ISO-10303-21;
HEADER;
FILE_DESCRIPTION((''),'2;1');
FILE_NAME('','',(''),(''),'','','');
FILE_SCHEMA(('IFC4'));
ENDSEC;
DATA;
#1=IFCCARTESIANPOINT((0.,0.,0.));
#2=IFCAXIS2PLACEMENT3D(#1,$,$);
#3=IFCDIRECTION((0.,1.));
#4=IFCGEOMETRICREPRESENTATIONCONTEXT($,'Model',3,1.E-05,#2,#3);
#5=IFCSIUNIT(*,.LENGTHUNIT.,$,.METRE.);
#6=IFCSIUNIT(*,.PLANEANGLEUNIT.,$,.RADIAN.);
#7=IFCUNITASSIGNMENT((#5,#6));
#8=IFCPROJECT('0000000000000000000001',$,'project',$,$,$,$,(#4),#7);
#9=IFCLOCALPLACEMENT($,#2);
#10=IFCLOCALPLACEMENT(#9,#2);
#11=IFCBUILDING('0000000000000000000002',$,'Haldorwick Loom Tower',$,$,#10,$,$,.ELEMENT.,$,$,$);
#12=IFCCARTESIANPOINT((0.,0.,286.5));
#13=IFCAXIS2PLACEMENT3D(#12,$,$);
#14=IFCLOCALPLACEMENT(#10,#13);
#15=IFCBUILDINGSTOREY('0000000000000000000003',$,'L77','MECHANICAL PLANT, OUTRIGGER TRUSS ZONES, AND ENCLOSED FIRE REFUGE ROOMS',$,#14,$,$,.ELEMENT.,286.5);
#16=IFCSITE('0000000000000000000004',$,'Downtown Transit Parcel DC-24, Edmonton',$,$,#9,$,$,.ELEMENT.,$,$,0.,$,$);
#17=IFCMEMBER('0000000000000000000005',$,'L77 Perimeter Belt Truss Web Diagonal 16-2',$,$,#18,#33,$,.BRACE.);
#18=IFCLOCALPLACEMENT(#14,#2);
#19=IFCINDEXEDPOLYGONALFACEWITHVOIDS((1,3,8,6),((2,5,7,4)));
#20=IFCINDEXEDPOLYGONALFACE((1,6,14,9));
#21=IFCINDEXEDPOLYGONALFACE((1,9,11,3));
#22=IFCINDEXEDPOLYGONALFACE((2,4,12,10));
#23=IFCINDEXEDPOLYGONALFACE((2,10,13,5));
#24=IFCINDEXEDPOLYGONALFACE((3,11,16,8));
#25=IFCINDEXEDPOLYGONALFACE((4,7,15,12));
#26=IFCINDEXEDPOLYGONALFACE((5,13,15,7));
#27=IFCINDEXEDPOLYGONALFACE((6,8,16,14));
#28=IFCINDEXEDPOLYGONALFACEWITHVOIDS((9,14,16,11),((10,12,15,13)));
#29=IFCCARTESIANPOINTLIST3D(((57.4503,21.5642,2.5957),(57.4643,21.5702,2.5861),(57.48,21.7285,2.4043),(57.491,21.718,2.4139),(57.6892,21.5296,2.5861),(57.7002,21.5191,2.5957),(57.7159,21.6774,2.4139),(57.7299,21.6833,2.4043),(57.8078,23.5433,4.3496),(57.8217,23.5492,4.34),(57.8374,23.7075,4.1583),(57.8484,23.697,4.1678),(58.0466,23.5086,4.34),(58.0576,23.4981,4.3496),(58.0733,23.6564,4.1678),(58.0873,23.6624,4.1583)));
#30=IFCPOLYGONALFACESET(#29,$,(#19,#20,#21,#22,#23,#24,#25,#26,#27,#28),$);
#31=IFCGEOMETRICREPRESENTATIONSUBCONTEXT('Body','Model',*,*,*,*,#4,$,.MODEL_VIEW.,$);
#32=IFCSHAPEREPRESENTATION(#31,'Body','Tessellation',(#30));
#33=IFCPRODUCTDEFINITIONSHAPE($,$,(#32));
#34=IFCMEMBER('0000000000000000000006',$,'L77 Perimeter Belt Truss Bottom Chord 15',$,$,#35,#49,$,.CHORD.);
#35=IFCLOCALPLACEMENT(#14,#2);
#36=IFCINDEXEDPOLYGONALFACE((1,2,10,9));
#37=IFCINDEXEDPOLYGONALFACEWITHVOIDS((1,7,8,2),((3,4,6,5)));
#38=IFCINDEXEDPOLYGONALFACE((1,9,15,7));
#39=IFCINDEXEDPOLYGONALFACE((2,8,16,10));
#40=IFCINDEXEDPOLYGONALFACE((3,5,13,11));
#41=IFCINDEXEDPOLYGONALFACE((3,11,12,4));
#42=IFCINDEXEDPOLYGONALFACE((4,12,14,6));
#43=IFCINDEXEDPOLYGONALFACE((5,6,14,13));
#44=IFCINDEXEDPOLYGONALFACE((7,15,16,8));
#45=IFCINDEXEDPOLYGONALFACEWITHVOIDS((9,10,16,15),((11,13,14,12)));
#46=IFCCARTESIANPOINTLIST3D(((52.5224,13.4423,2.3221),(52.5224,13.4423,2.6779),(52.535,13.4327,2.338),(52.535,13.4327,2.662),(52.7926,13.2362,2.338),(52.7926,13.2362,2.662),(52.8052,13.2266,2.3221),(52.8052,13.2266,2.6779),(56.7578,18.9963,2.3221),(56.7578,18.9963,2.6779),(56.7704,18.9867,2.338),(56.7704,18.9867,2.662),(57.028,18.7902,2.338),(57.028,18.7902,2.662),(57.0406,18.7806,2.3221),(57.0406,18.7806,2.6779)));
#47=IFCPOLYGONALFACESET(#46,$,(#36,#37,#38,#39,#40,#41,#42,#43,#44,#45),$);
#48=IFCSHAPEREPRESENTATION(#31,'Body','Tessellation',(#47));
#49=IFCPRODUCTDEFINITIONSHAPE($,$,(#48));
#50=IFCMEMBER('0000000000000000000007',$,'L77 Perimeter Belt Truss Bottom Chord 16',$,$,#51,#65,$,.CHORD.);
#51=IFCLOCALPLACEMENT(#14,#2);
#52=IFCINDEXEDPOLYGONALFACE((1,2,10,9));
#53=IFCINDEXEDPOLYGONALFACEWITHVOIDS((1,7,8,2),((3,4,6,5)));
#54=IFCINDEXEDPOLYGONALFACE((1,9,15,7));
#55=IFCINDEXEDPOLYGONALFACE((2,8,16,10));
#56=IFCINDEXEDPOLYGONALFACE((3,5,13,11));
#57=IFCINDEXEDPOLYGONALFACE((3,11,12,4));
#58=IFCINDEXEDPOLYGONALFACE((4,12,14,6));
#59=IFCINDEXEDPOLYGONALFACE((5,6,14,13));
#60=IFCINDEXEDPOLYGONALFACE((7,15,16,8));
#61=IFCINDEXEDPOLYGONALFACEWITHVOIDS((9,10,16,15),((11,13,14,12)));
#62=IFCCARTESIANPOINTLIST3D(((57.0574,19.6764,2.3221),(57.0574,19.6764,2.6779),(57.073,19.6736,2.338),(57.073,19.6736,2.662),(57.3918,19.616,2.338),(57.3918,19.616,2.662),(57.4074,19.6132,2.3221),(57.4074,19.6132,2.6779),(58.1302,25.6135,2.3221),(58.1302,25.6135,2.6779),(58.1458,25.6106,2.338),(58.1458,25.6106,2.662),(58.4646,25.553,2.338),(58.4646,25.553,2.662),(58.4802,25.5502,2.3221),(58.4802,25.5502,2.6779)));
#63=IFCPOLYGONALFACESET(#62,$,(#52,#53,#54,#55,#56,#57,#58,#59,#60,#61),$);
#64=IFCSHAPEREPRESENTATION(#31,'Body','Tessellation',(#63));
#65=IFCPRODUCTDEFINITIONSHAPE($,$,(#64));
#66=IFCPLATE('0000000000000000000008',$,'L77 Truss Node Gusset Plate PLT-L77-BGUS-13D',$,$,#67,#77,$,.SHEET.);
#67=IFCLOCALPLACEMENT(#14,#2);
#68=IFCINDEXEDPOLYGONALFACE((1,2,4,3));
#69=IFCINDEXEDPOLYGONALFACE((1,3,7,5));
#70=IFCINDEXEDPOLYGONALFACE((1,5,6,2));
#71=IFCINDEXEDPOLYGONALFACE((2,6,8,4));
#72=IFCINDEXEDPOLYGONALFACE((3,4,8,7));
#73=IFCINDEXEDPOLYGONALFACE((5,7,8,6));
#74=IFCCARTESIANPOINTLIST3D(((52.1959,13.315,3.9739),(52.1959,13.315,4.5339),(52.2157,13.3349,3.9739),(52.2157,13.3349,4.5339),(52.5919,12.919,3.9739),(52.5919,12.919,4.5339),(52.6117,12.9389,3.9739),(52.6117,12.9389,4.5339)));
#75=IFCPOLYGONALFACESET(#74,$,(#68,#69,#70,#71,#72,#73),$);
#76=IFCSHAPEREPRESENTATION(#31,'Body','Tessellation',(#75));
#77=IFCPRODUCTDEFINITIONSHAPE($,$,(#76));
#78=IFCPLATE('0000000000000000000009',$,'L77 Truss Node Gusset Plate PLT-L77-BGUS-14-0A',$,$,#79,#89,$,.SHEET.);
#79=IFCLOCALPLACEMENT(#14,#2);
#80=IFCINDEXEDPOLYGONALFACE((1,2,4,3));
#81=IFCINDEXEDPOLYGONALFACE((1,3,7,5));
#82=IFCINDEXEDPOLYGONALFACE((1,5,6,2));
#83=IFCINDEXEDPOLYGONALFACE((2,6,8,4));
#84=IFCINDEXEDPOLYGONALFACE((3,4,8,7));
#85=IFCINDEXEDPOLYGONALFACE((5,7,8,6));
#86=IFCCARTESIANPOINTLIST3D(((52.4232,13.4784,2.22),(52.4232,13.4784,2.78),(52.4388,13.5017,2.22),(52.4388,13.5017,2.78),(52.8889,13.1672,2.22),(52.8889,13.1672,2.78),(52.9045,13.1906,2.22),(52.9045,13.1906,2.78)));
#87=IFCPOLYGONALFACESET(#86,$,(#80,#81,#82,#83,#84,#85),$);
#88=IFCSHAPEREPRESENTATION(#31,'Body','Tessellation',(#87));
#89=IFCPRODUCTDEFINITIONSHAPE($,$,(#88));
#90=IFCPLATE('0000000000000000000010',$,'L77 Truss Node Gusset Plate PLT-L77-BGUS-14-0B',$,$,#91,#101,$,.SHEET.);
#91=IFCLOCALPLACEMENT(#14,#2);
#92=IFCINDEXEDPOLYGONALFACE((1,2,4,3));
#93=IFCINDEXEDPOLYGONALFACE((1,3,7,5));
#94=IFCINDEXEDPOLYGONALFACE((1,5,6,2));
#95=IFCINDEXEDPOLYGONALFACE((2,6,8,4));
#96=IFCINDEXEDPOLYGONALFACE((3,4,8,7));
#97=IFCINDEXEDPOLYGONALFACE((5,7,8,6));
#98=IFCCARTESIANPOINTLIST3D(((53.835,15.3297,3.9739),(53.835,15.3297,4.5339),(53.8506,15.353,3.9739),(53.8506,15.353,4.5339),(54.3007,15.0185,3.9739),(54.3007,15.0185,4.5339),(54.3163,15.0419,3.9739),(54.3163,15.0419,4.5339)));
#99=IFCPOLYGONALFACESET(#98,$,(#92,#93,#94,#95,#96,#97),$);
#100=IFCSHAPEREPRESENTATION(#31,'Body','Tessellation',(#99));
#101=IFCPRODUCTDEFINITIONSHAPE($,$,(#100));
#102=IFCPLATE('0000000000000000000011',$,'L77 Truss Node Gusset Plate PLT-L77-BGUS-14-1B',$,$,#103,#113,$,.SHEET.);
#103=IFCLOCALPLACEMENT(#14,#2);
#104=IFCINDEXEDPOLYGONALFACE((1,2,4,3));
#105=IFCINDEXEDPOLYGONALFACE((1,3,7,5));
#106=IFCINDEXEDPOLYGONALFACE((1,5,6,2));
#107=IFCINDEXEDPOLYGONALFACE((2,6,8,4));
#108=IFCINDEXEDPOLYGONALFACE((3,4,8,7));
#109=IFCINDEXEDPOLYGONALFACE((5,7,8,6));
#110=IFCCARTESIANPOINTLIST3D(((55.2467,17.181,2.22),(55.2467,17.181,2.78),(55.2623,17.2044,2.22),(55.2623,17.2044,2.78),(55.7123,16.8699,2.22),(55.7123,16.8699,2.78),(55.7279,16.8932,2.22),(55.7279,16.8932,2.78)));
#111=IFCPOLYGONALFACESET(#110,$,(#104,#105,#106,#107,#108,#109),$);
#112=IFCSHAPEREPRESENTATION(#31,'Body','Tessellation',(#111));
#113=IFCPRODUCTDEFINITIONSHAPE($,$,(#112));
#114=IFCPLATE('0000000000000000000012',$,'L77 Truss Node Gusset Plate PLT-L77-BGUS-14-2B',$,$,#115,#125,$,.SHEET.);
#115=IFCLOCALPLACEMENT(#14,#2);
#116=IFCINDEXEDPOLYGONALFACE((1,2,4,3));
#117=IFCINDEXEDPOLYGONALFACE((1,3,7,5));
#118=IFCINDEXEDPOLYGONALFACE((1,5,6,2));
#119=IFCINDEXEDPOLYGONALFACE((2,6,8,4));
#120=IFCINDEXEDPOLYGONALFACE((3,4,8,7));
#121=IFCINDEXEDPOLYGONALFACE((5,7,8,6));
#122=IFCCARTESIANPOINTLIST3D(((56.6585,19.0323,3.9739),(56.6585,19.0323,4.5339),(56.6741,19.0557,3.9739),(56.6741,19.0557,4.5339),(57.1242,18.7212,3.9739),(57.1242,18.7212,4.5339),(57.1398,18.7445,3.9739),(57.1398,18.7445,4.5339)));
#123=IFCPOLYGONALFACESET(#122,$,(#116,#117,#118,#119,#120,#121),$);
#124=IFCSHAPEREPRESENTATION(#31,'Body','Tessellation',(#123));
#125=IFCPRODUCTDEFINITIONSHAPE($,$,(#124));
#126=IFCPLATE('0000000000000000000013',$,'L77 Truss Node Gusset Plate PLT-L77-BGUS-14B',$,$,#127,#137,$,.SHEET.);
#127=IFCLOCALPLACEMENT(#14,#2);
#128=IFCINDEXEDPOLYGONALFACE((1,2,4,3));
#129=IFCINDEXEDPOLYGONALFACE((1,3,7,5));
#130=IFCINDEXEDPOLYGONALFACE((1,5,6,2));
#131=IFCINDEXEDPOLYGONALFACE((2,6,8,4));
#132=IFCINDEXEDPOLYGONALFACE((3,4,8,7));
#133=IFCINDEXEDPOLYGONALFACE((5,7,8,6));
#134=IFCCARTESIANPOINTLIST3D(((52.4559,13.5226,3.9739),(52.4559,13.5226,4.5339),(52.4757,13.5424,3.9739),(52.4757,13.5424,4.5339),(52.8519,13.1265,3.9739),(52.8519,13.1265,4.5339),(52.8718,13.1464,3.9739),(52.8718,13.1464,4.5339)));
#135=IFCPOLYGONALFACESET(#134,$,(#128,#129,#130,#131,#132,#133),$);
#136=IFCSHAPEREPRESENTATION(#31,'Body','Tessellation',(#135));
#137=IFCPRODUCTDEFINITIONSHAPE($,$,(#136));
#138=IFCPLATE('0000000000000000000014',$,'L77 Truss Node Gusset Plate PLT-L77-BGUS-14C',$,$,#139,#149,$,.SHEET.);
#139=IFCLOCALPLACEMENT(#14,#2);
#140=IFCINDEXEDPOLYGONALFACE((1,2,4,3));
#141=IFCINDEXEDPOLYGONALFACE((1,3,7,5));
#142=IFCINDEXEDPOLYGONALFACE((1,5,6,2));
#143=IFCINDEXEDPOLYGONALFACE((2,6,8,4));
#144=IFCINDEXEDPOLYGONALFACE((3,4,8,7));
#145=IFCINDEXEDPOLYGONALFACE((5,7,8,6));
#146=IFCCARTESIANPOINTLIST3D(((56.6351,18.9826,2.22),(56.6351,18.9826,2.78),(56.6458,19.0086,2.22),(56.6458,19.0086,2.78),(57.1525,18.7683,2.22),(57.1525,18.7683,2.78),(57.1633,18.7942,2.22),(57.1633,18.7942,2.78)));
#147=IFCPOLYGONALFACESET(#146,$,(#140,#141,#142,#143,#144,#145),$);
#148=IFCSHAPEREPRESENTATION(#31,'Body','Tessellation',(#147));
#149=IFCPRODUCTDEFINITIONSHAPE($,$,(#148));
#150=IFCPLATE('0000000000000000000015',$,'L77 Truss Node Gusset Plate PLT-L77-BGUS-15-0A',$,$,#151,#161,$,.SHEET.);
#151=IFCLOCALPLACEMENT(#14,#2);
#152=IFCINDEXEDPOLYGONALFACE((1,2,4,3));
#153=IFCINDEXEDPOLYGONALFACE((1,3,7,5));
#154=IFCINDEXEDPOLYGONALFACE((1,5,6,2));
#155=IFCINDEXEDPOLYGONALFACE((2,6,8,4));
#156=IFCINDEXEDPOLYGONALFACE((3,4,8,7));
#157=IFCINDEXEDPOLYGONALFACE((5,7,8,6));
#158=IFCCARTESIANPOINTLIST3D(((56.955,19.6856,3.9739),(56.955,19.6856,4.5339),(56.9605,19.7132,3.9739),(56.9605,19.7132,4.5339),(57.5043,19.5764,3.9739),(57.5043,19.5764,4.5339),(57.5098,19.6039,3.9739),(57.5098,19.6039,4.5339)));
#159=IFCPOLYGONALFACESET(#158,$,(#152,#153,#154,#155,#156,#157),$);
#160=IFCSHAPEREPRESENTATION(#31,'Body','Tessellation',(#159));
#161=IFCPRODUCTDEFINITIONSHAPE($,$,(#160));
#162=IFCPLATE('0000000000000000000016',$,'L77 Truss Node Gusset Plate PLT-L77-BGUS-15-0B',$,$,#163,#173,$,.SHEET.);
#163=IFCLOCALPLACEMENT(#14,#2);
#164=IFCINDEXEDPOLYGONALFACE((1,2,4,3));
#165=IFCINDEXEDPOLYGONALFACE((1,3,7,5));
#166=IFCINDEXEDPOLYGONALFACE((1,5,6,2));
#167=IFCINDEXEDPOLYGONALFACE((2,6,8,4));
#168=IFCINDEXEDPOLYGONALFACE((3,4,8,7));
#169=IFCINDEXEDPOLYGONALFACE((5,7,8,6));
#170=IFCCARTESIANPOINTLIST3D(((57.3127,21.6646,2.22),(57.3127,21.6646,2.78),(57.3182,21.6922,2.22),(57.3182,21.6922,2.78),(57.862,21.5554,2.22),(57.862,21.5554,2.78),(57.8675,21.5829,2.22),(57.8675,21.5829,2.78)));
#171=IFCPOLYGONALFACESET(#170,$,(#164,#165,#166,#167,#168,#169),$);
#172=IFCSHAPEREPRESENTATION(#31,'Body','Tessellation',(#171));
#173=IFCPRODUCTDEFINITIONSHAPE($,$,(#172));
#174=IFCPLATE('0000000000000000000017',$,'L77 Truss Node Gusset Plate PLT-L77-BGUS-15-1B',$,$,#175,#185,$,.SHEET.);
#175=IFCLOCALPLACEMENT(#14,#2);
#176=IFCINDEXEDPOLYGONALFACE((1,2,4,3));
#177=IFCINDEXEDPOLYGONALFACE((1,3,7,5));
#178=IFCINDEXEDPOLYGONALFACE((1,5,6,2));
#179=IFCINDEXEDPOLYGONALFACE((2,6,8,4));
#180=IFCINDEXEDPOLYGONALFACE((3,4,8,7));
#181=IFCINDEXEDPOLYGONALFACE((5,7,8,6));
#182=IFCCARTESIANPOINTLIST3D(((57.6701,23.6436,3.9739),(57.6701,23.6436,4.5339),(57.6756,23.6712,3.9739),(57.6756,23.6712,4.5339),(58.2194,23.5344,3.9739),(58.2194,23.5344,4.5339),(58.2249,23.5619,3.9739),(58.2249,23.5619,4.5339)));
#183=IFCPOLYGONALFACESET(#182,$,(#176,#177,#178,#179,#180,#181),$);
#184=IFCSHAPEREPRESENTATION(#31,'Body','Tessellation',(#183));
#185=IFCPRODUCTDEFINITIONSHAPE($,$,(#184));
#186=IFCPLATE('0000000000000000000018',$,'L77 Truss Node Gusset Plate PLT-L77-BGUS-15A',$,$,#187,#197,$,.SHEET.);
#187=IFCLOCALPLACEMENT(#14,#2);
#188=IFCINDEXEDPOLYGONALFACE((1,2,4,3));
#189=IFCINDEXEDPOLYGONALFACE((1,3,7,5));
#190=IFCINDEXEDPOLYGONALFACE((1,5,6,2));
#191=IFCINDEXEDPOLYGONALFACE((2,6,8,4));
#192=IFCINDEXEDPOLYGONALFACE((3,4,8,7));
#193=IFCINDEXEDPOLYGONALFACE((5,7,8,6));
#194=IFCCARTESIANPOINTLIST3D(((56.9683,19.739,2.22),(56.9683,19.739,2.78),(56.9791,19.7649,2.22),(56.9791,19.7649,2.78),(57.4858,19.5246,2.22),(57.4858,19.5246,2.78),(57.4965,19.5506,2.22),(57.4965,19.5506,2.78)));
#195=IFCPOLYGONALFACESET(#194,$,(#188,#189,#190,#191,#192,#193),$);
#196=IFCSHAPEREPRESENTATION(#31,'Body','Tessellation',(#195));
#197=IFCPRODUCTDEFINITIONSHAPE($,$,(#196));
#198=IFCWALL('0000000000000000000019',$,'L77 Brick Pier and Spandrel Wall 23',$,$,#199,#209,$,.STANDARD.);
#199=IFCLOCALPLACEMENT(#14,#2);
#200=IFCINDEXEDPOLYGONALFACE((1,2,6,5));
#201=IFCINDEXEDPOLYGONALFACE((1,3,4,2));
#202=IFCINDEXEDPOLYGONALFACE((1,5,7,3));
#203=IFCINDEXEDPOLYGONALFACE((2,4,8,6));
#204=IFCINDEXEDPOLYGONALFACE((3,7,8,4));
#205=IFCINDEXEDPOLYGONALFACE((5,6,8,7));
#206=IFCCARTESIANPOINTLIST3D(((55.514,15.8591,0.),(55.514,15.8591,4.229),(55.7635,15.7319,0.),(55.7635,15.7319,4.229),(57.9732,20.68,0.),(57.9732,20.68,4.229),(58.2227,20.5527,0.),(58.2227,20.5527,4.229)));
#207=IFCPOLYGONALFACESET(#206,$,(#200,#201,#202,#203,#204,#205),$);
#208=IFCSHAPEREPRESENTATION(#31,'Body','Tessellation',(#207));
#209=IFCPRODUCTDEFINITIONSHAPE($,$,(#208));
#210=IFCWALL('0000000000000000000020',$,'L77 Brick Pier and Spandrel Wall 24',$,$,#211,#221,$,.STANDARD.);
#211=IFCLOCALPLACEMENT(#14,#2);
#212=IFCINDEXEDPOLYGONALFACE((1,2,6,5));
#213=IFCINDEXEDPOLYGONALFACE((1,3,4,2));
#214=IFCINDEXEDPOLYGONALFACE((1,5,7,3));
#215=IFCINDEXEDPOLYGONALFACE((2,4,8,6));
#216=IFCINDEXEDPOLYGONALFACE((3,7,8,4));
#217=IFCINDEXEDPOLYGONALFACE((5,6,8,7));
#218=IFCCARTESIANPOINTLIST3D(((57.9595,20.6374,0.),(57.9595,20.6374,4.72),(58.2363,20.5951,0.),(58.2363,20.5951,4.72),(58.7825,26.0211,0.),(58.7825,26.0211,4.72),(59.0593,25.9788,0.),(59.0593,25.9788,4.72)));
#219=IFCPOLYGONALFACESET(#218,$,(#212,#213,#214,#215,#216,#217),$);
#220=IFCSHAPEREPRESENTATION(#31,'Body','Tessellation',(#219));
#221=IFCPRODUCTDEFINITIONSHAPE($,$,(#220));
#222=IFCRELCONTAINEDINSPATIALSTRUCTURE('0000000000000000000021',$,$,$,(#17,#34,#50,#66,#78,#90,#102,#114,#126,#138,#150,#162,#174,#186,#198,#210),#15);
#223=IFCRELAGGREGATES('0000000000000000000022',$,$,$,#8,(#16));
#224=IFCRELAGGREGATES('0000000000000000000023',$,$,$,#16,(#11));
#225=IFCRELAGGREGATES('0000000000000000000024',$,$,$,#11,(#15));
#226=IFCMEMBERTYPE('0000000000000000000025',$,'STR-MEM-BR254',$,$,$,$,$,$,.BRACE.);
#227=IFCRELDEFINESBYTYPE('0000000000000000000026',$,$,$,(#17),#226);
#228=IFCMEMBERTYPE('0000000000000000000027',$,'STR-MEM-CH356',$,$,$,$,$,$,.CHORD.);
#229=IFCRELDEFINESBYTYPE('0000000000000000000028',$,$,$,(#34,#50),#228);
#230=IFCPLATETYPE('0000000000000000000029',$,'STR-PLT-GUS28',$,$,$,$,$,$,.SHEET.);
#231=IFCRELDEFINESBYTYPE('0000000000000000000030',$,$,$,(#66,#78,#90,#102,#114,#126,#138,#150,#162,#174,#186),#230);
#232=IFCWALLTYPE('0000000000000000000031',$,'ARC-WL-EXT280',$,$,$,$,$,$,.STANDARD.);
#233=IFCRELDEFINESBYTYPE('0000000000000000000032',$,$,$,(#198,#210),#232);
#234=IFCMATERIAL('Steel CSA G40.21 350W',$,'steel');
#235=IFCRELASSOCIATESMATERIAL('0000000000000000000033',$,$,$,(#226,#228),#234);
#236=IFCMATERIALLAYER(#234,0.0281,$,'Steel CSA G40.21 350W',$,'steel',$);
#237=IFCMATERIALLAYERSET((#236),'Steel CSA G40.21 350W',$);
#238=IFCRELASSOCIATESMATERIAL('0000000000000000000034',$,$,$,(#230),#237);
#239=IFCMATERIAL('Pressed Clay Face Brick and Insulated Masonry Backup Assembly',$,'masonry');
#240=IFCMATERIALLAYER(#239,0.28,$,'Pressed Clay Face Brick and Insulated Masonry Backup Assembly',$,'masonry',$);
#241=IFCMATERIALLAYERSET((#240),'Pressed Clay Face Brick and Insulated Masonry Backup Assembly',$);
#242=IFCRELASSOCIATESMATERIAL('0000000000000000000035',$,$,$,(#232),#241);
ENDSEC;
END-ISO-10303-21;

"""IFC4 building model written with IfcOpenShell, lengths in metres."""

from ifc_helpers import new_model, si_unit, direction, frame, frame_2d, origin, origin_2d, place, context, subcontext, project, spatial, rectangle, hollow_rectangle, extrude, material, layer, layer_set, material_profile, profile_set, type_object, element, save


model = new_model("IFC4")

# Units and contexts
model_context = context("Model", 3, precision=1e-05, world=origin(), true_north=direction((0.0, 1.0)))
body_context = subcontext(model_context, "Body", "Model", "MODEL_VIEW")
ifc_project = project(units=[si_unit("LENGTHUNIT", "METRE"), si_unit("PLANEANGLEUNIT", "RADIAN")], contexts=[model_context])

# Site, building, storey
site_placement = place(None, origin())
site = spatial("IfcSite", under=ifc_project, at=site_placement, Name="Downtown Transit Parcel DC-24, Edmonton", CompositionType="ELEMENT", RefElevation=0.0)
building_placement = place(site_placement, origin())
building = spatial("IfcBuilding", under=site, at=building_placement, Name="Haldorwick Loom Tower", CompositionType="ELEMENT")
storey_placement = place(building_placement, frame((0.0, 0.0, 286.5)))
storey = spatial("IfcBuildingStorey", under=building, at=storey_placement, Name="L77", Description="MECHANICAL PLANT, OUTRIGGER TRUSS ZONES, AND ENCLOSED FIRE REFUGE ROOMS", CompositionType="ELEMENT", Elevation=286.5)

# Shared definitions
ifc_material_1 = material(Name="Steel CSA G40.21 350W", Category="steel")

# Members
ifc_material_profile_1 = material_profile(ifc_material_1, hollow_rectangle(XDim=0.2539, YDim=0.2539, WallThickness=0.0127, at=origin_2d()), Name="HSS254X254X13", Category="steel")
ifc_profile_set_1 = profile_set([ifc_material_profile_1], Name="Steel CSA G40.21 350W")
member_type_1 = type_object("IfcMemberType", Name="STR-MEM-BR254", PredefinedType="BRACE", material=ifc_profile_set_1)
for number, where, z_axis, x_axis, name in (
    (1, (57.5901, 21.6238, 2.5), (0.133946, 0.741643, 0.657286), (-0.984079, 0.177732, 0.0), "L77 Perimeter Belt Truss Web Diagonal 16-2"),
):
    element("IfcMember", number, at=place(storey_placement, frame(where, z_axis=z_axis, x_axis=x_axis)), inside=storey, type_object=member_type_1, Name=name, PredefinedType="BRACE", context=body_context, shape_type="SweptSolid", body=[
        extrude(hollow_rectangle(XDim=0.2539, YDim=0.2539, WallThickness=0.0127, at=origin_2d()), origin(), (0.0, 0.0, 1.0), 2.6685),
    ])
ifc_material_profile_2 = material_profile(ifc_material_1, hollow_rectangle(XDim=0.3557, YDim=0.3557, WallThickness=0.0159, at=origin_2d()), Name="HSS356X356X16", Category="steel")
ifc_profile_set_2 = profile_set([ifc_material_profile_2], Name="Steel CSA G40.21 350W")
member_type_2 = type_object("IfcMemberType", Name="STR-MEM-CH356", PredefinedType="CHORD", material=ifc_profile_set_2)
member_1_placement = place(storey_placement, frame((52.6638, 13.3345, 2.5), z_axis=(0.606384, 0.795172, 0.0), x_axis=(-0.795172, 0.606384, 0.0)))
element("IfcMember", 2, at=member_1_placement, inside=storey, type_object=member_type_2, Name="L77 Perimeter Belt Truss Bottom Chord 15", PredefinedType="CHORD", context=body_context, shape_type="SweptSolid", body=[
    extrude(hollow_rectangle(XDim=0.3557, YDim=0.3557, WallThickness=0.0159, at=origin_2d()), origin(), (0.0, 0.0, 1.0), 6.9846),
])
member_2_placement = place(storey_placement, frame((57.2324, 19.6448, 2.5), z_axis=(0.17781, 0.984065, 0.0), x_axis=(-0.984065, 0.17781, 0.0)))
element("IfcMember", 3, at=member_2_placement, inside=storey, type_object=member_type_2, Name="L77 Perimeter Belt Truss Bottom Chord 16", PredefinedType="CHORD", context=body_context, shape_type="SweptSolid", body=[
    extrude(hollow_rectangle(XDim=0.3557, YDim=0.3557, WallThickness=0.0159, at=origin_2d()), origin(), (0.0, 0.0, 1.0), 6.0332),
])

# Plates
ifc_layer_1 = layer(ifc_material_1, 0.0281, Name="Steel CSA G40.21 350W", Category="steel")
ifc_layer_set_1 = layer_set([ifc_layer_1], Name="Steel CSA G40.21 350W")
plate_type = type_object("IfcPlateType", Name="STR-PLT-GUS28", PredefinedType="SHEET", material=ifc_layer_set_1)
for number, where, z_axis, x_axis, name in (
    (4, (52.4038, 13.127, 3.9739), (0.0, 0.0, 1.0), (0.707107, -0.707107, 0.0), "L77 Truss Node Gusset Plate PLT-L77-BGUS-13D"),
    (5, (52.6638, 13.3345, 2.22), (0.0, 0.0, 1.0), (0.83147, -0.55557, 0.0), "L77 Truss Node Gusset Plate PLT-L77-BGUS-14-0A"),
    (6, (54.0757, 15.1858, 3.9739), (0.0, 0.0, 1.0), (0.83147, -0.55557, 0.0), "L77 Truss Node Gusset Plate PLT-L77-BGUS-14-0B"),
    (7, (55.4873, 17.0371, 2.22), (0.0, 0.0, 1.0), (0.83147, -0.55557, 0.0), "L77 Truss Node Gusset Plate PLT-L77-BGUS-14-1B"),
    (8, (56.8992, 18.8884, 3.9739), (0.0, 0.0, 1.0), (0.83147, -0.55557, 0.0), "L77 Truss Node Gusset Plate PLT-L77-BGUS-14-2B"),
    (9, (52.6638, 13.3345, 3.9739), (0.0, 0.0, 1.0), (0.707107, -0.707107, 0.0), "L77 Truss Node Gusset Plate PLT-L77-BGUS-14B"),
    (10, (56.8992, 18.8884, 2.22), (0.0, 0.0, 1.0), (0.92388, -0.382683, 0.0), "L77 Truss Node Gusset Plate PLT-L77-BGUS-14C"),
    (11, (57.2324, 19.6448, 3.9739), (0.0, 0.0, 1.0), (-0.980785, 0.19509, 0.0), "L77 Truss Node Gusset Plate PLT-L77-BGUS-15-0A"),
    (12, (57.5901, 21.6238, 2.22), (0.0, 0.0, 1.0), (-0.980785, 0.19509, 0.0), "L77 Truss Node Gusset Plate PLT-L77-BGUS-15-0B"),
    (13, (57.9475, 23.6028, 3.9739), (0.0, 0.0, 1.0), (-0.980785, 0.19509, 0.0), "L77 Truss Node Gusset Plate PLT-L77-BGUS-15-1B"),
    (14, (57.2324, 19.6448, 2.22), (0.0, 0.0, 1.0), (0.92388, -0.382683, 0.0), "L77 Truss Node Gusset Plate PLT-L77-BGUS-15A"),
):
    element("IfcPlate", number, at=place(storey_placement, frame(where, z_axis=z_axis, x_axis=x_axis)), inside=storey, type_object=plate_type, Name=name, PredefinedType="SHEET", context=body_context, shape_type="SweptSolid", body=[
        extrude(rectangle(XDim=0.5601, YDim=0.0281, at=origin_2d()), origin(), (0.0, 0.0, 1.0), 0.5601),
    ])

# Walls
ifc_material_2 = material(Name="Pressed Clay Face Brick and Insulated Masonry Backup Assembly", Category="masonry")
ifc_layer_2 = layer(ifc_material_2, 0.28, Name="Pressed Clay Face Brick and Insulated Masonry Backup Assembly", Category="masonry")
ifc_layer_set_2 = layer_set([ifc_layer_2], Name="Pressed Clay Face Brick and Insulated Masonry Backup Assembly")
wall_type_1 = type_object("IfcWallType", Name="ARC-WL-EXT280", PredefinedType="STANDARD", material=ifc_layer_set_2)
wall_1_placement = place(storey_placement, frame((55.6387, 15.7954, 0.0), z_axis=(0.0, 0.0, 1.0), x_axis=(0.454417, 0.890789, 0.0)))
element("IfcWall", 15, at=wall_1_placement, inside=storey, type_object=wall_type_1, Name="L77 Brick Pier and Spandrel Wall 23", PredefinedType="STANDARD", context=body_context, shape_type="SweptSolid", body=[
    extrude(rectangle(XDim=5.4119, YDim=0.28, at=frame_2d((2.7061, 0.0))), origin(), (0.0, 0.0, 1.0), 4.229),
])
wall_2_placement = place(storey_placement, frame((58.0979, 20.6162, 0.0), z_axis=(0.0, 0.0, 1.0), x_axis=(0.151111, 0.988517, 0.0)))
element("IfcWall", 16, at=wall_2_placement, inside=storey, type_object=wall_type_1, Name="L77 Brick Pier and Spandrel Wall 24", PredefinedType="STANDARD", context=body_context, shape_type="SweptSolid", body=[
    extrude(rectangle(XDim=5.4463, YDim=0.28, at=frame_2d((2.7231, 0.0))), origin(), (0.0, 0.0, 1.0), 4.72),
])

save(model, "model.ifc")
